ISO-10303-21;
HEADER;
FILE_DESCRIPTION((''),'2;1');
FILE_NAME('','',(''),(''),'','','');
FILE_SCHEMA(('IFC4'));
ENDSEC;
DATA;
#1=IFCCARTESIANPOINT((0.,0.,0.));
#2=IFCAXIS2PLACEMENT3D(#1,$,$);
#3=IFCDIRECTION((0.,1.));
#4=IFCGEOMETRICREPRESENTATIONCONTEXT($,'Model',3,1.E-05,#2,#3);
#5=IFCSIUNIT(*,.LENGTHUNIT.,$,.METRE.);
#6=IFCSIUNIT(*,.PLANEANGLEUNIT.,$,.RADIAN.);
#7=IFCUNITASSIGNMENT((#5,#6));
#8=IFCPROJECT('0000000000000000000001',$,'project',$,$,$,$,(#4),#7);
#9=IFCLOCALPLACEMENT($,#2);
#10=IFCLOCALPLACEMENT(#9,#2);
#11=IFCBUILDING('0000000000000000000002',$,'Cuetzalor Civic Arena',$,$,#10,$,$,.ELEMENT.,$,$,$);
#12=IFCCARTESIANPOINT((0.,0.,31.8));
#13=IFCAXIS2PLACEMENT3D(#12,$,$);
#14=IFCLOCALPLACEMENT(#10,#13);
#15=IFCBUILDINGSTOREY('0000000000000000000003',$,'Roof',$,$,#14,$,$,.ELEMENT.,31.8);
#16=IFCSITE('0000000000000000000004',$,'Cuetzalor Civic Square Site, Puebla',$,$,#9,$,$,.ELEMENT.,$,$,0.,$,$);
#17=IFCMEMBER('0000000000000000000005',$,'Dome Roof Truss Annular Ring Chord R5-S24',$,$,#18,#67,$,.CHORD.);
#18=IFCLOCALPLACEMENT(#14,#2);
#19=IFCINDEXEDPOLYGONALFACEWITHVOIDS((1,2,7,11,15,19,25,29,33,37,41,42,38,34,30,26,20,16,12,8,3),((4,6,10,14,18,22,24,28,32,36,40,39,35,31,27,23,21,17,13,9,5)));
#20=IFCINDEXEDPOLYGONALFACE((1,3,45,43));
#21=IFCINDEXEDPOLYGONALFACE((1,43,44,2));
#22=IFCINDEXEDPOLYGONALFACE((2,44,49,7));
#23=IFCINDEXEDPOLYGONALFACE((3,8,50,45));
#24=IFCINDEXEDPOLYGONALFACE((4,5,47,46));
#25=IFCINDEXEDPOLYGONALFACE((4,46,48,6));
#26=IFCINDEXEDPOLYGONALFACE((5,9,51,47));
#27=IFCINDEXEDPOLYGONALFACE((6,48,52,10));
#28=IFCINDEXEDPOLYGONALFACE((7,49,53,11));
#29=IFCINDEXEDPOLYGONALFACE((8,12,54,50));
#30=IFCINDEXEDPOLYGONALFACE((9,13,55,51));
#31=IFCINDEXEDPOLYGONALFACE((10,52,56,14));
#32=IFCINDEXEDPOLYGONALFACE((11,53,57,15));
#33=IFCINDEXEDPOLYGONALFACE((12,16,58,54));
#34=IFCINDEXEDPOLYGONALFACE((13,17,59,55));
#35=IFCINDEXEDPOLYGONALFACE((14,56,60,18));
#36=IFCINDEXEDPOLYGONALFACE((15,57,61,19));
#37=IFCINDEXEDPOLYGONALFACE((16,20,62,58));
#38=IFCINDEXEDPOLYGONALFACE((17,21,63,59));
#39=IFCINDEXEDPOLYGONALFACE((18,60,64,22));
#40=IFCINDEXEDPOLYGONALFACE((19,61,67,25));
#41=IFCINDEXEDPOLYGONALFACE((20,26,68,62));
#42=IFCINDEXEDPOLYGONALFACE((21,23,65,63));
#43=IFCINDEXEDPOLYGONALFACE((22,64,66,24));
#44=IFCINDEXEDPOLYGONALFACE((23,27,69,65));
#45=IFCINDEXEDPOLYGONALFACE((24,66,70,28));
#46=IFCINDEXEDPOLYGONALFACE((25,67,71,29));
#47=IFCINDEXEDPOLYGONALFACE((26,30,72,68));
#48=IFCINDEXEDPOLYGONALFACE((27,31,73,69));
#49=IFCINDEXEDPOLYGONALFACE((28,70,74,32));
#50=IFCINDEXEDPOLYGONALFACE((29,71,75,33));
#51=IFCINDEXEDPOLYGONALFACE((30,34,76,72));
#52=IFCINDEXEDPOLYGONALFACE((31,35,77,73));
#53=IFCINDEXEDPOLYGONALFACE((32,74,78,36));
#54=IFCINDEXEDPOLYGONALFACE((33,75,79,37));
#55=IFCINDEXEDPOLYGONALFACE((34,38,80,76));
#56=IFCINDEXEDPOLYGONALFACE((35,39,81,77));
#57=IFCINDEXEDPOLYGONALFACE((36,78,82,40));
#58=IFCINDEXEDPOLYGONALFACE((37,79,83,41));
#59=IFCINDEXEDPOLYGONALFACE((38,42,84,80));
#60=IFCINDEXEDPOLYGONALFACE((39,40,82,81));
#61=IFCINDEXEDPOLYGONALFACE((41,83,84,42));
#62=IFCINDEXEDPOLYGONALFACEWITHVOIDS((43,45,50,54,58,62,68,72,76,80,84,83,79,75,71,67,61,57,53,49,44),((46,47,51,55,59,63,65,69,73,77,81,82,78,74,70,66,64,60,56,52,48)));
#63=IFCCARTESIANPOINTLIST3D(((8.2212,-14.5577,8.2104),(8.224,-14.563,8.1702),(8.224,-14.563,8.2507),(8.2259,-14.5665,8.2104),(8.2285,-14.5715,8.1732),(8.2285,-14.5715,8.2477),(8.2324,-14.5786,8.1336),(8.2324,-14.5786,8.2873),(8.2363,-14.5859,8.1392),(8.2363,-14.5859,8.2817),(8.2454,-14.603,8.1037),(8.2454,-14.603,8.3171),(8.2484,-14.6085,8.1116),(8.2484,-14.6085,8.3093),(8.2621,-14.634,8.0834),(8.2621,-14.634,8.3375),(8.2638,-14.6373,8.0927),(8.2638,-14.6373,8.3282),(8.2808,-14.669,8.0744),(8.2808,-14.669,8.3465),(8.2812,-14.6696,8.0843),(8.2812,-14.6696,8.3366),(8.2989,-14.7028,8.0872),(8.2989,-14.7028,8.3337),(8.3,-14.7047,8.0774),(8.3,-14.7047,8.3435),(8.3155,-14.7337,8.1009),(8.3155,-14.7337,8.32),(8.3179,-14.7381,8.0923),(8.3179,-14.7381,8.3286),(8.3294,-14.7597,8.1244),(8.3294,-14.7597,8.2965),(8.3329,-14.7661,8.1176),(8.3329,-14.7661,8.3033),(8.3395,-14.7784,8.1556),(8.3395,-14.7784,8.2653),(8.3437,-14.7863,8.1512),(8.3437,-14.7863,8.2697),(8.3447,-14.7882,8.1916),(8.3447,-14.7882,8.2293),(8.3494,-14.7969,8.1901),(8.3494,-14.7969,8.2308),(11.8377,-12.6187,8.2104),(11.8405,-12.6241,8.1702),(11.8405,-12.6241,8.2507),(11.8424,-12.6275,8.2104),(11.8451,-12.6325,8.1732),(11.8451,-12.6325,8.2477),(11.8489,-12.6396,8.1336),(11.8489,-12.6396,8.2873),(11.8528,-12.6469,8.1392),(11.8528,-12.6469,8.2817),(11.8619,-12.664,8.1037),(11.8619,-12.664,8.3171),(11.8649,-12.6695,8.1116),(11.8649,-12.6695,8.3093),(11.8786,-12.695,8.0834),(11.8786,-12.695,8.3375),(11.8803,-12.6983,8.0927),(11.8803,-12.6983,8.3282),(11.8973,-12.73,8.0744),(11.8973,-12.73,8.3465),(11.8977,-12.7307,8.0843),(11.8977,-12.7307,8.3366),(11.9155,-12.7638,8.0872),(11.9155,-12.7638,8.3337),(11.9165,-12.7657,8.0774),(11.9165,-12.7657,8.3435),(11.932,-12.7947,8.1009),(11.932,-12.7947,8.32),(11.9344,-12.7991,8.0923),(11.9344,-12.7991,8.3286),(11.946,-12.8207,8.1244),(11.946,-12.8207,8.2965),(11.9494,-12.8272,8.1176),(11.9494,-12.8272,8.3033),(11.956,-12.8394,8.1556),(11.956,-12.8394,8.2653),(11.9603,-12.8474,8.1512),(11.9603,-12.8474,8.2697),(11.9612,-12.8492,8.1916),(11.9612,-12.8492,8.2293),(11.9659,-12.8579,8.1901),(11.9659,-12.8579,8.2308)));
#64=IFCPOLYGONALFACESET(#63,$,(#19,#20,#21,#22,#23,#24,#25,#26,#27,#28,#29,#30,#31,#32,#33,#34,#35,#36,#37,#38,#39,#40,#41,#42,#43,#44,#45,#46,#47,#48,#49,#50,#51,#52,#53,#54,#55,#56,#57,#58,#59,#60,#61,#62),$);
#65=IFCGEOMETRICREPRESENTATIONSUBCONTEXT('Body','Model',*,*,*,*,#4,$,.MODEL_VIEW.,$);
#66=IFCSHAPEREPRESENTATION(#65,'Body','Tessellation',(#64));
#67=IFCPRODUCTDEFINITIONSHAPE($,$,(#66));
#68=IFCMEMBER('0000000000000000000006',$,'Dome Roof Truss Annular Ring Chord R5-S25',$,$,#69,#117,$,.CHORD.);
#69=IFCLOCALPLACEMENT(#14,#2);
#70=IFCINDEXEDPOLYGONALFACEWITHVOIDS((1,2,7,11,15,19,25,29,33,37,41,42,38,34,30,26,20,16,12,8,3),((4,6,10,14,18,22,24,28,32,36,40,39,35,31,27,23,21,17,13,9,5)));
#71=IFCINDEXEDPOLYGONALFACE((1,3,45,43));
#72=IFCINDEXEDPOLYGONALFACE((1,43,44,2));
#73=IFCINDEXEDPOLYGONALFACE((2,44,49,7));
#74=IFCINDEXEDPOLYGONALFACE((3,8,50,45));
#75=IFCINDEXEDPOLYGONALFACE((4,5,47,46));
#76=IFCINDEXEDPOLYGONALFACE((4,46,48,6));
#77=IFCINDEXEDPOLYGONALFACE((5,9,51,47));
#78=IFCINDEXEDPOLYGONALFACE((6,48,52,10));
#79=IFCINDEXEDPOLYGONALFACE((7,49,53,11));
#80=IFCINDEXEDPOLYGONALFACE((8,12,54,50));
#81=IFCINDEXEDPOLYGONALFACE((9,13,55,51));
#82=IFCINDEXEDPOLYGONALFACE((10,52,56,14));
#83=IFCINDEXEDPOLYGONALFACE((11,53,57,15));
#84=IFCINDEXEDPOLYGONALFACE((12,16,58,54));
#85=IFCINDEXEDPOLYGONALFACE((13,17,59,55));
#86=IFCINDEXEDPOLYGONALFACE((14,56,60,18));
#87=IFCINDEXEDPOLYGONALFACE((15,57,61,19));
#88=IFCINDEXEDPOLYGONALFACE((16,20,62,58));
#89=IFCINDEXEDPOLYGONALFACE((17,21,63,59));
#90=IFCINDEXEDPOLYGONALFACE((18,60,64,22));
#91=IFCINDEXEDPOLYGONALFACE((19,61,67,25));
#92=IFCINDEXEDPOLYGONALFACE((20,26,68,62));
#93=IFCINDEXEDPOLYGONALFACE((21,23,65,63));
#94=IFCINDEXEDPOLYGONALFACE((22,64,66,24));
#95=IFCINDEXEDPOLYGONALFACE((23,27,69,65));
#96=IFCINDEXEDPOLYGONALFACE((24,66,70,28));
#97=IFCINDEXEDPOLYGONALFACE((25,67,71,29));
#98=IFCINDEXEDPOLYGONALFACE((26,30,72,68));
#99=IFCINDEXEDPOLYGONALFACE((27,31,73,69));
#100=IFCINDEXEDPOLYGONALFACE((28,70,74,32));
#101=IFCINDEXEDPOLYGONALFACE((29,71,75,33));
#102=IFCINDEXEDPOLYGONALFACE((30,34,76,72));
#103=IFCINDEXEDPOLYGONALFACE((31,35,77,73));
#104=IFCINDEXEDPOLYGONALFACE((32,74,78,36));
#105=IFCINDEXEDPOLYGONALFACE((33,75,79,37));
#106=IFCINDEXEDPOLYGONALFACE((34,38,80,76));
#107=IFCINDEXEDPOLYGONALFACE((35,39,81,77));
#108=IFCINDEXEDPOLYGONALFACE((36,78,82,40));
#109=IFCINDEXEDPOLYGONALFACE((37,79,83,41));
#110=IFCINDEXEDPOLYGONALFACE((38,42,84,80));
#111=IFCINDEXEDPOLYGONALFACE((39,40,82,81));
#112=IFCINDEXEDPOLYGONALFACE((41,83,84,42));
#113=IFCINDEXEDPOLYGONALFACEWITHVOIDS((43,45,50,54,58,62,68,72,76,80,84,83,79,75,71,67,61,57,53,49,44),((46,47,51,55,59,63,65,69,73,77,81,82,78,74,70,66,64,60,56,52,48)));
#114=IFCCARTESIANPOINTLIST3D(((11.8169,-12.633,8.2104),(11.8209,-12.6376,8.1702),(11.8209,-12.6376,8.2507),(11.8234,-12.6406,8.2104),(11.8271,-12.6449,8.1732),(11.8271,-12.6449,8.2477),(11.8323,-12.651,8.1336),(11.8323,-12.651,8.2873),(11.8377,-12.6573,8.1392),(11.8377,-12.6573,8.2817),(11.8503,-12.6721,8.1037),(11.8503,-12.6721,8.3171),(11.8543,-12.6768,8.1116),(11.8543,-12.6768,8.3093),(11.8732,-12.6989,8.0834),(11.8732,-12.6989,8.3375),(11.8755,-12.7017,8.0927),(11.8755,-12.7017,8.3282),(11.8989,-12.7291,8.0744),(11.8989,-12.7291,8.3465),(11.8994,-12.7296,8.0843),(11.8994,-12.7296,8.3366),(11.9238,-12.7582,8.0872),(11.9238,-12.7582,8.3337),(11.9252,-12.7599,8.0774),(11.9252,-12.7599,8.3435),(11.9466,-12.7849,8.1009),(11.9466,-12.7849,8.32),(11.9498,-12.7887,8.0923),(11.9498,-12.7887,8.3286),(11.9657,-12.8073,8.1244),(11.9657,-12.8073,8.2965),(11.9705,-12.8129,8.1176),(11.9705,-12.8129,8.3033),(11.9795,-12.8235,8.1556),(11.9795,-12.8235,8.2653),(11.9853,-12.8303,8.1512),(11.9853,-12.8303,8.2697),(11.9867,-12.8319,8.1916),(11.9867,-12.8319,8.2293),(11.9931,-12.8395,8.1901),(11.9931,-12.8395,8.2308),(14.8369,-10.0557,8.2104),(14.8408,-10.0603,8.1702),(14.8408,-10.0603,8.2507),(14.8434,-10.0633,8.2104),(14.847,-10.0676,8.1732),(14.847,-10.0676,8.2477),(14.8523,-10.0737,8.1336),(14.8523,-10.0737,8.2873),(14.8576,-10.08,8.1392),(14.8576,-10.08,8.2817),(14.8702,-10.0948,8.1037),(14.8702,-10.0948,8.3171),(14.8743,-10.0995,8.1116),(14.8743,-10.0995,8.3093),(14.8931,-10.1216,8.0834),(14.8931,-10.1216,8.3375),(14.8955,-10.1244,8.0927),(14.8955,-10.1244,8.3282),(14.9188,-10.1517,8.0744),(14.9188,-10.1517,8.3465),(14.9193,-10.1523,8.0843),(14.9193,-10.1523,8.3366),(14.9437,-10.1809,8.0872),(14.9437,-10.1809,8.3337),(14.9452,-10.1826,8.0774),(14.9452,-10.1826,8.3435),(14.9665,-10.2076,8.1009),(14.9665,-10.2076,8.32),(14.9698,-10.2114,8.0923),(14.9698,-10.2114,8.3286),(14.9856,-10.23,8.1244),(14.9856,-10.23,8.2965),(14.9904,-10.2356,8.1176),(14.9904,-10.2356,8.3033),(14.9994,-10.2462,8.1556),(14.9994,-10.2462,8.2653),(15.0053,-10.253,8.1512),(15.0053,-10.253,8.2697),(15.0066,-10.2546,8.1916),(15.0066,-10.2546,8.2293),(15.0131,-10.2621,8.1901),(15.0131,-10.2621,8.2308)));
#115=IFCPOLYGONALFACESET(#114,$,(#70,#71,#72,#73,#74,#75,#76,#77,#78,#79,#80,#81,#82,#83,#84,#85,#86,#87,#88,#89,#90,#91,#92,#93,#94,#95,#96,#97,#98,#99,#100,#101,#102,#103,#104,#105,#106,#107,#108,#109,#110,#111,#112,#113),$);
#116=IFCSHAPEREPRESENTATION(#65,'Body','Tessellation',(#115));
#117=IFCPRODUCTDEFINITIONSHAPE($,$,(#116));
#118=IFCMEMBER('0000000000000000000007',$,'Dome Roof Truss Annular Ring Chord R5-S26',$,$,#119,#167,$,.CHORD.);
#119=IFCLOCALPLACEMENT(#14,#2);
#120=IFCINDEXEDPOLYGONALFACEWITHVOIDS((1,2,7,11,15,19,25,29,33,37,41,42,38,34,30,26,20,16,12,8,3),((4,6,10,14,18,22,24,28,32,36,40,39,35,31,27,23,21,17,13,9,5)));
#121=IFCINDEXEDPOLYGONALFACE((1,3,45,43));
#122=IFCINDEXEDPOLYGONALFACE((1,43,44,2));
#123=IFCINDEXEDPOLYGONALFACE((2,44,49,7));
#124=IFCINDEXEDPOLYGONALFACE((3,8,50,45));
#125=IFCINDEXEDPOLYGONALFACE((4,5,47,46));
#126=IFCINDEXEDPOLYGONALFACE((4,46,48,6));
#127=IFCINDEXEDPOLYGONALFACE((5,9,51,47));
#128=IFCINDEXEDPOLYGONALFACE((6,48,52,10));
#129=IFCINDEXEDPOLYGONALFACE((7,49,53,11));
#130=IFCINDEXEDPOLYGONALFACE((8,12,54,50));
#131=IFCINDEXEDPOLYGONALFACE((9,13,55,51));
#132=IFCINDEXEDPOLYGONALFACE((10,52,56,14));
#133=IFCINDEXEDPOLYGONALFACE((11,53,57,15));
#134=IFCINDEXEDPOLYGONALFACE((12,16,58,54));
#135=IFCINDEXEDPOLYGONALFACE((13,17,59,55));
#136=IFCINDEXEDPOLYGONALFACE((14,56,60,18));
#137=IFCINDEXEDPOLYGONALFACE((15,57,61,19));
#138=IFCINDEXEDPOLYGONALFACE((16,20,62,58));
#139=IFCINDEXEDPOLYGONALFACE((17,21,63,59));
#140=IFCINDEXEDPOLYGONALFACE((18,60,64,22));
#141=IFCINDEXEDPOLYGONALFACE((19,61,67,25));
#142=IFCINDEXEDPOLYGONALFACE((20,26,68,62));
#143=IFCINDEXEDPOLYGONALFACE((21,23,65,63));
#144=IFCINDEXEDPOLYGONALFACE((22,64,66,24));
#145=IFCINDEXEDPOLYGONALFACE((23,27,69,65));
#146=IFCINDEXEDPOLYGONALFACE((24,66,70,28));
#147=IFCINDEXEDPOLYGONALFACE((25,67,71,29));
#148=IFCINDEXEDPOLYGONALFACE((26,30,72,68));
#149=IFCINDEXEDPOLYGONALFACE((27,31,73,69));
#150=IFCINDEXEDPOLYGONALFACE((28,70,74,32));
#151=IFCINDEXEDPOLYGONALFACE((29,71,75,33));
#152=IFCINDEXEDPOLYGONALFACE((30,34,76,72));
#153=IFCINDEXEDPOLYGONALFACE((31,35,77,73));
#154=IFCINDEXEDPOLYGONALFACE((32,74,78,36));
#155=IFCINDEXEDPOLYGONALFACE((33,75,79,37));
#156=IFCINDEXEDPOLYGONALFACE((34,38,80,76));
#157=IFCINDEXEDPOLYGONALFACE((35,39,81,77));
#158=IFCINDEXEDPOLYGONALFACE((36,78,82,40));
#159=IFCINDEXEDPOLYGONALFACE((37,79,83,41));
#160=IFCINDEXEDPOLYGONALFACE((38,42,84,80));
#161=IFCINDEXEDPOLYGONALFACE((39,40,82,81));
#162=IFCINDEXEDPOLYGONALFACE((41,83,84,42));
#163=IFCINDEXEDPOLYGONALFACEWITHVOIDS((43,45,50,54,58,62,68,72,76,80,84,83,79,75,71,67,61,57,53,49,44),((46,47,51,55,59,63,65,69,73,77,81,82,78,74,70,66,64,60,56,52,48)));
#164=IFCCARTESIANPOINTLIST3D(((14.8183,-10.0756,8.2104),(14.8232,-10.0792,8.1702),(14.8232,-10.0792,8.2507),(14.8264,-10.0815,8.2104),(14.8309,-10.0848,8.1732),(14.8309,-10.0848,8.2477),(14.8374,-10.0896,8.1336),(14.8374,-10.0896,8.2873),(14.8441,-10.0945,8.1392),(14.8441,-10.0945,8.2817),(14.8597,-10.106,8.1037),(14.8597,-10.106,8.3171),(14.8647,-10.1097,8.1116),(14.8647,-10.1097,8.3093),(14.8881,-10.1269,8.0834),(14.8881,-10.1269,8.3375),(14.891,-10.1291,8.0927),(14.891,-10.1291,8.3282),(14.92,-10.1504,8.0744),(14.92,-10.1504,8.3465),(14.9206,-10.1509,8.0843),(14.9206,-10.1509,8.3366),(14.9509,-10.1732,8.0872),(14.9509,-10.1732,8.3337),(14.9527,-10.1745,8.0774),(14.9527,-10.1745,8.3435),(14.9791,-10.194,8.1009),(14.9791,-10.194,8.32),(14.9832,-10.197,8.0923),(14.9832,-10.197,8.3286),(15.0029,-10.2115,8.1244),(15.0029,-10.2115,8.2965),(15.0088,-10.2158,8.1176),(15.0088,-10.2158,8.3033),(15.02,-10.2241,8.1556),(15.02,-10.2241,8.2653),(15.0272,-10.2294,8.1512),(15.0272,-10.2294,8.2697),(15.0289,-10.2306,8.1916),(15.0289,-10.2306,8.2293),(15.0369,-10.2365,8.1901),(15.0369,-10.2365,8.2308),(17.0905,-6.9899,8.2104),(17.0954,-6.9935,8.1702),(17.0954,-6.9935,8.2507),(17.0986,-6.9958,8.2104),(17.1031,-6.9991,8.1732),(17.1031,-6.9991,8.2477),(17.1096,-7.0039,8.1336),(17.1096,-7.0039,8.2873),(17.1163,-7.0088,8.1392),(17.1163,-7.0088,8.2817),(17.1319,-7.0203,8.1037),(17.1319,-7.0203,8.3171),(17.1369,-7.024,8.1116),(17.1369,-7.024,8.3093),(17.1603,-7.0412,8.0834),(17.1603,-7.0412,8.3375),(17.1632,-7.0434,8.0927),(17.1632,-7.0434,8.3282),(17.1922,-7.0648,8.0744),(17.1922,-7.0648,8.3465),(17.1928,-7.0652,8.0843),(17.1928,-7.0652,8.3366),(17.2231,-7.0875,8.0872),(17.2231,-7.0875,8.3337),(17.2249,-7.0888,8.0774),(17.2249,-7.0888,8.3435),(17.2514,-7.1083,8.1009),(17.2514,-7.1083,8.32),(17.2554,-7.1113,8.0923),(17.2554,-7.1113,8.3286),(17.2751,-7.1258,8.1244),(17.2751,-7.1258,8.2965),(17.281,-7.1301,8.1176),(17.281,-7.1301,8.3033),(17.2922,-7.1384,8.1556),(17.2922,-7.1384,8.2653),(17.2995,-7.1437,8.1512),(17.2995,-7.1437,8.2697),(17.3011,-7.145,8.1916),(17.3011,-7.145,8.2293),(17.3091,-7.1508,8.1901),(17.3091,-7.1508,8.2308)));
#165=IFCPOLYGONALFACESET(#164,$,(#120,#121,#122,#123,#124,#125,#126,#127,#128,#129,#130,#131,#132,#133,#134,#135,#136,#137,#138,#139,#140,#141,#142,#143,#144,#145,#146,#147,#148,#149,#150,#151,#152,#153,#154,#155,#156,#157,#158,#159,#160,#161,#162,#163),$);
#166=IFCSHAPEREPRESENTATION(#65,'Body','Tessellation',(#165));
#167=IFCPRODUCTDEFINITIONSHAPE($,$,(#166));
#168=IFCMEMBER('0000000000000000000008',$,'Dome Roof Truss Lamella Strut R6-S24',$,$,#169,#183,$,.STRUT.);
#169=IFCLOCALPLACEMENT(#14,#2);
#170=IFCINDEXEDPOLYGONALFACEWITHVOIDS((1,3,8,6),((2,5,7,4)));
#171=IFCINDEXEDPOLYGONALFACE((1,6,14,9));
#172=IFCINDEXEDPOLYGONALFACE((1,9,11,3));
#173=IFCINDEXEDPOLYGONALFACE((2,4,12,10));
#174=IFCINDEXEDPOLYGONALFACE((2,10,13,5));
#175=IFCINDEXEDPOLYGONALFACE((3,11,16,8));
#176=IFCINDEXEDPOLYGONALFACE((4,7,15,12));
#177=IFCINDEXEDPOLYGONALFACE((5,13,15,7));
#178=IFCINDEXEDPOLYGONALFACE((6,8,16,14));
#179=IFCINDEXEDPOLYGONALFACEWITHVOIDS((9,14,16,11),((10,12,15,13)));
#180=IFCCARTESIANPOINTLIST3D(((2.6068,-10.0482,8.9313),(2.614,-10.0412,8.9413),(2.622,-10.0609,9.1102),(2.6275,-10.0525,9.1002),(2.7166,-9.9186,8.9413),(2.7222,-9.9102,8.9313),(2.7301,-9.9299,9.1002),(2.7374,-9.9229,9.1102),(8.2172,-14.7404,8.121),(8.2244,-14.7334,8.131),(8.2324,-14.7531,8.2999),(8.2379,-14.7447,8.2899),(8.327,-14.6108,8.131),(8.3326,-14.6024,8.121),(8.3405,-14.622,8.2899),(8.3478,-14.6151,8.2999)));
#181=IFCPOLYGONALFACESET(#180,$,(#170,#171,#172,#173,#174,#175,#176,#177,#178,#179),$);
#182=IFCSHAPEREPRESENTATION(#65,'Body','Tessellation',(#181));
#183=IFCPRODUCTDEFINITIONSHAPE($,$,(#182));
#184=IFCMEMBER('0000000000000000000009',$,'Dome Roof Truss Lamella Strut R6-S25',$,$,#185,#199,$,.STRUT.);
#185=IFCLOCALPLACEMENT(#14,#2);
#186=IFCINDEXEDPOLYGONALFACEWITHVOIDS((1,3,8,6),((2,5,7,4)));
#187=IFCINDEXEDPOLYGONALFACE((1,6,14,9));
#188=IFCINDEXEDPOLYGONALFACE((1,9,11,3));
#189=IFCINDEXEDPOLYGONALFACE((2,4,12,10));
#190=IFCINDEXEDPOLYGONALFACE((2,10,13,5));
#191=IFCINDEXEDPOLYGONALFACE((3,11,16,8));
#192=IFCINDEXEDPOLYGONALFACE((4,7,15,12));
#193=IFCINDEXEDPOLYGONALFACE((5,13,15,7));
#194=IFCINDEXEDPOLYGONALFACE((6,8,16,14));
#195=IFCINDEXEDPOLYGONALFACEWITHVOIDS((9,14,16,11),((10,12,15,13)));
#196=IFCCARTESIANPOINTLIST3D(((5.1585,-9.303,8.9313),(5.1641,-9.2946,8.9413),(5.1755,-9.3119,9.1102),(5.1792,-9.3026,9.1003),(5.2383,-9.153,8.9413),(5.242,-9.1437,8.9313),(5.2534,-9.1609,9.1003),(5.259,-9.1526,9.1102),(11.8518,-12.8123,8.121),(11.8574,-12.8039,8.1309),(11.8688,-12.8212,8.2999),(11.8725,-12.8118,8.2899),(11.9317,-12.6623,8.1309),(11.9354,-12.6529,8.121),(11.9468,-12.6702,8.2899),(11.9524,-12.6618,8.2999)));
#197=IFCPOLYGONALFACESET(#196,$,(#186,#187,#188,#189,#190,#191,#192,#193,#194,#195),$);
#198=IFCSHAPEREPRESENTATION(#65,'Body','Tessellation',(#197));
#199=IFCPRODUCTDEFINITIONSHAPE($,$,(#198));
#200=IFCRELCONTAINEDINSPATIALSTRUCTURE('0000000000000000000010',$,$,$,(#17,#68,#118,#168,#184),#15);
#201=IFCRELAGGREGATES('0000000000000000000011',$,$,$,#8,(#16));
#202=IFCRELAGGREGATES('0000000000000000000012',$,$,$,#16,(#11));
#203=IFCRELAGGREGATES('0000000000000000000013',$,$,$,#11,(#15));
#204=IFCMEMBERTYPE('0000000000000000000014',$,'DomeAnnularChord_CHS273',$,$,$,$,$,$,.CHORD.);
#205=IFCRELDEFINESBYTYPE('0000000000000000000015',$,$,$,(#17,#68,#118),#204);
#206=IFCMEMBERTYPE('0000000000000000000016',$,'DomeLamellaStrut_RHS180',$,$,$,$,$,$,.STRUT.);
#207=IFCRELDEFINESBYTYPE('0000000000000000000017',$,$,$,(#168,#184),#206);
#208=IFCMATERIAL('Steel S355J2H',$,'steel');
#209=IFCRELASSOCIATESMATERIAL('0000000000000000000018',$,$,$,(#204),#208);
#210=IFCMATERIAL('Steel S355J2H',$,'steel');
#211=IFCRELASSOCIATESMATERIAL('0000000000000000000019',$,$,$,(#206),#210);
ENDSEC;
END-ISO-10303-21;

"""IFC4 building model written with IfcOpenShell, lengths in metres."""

from ifc_helpers import new_model, si_unit, direction, frame, origin, origin_2d, place, context, subcontext, project, spatial, hollow_rectangle, hollow_circle, extrude, material, material_profile, profile_set, type_object, element, save


model = new_model("IFC4")

# Units and contexts
model_context = context("Model", 3, precision=1e-05, world=origin(), true_north=direction((0.0, 1.0)))
body_context = subcontext(model_context, "Body", "Model", "MODEL_VIEW")
ifc_project = project(units=[si_unit("LENGTHUNIT", "METRE"), si_unit("PLANEANGLEUNIT", "RADIAN")], contexts=[model_context])

# Site, building, storey
site_placement = place(None, origin())
site = spatial("IfcSite", under=ifc_project, at=site_placement, Name="Cuetzalor Civic Square Site, Puebla", CompositionType="ELEMENT", RefElevation=0.0)
building_placement = place(site_placement, origin())
building = spatial("IfcBuilding", under=site, at=building_placement, Name="Cuetzalor Civic Arena", CompositionType="ELEMENT")
storey_placement = place(building_placement, frame((0.0, 0.0, 31.8)))
storey = spatial("IfcBuildingStorey", under=building, at=storey_placement, Name="Roof", CompositionType="ELEMENT", Elevation=31.8)

# Members
ifc_material_1 = material(Name="Steel S355J2H", Category="steel")
ifc_material_profile_1 = material_profile(ifc_material_1, hollow_circle(Radius=0.1365, WallThickness=0.01, at=origin_2d()), Name="CHS 273x10")
ifc_profile_set_1 = profile_set([ifc_material_profile_1], Name="Steel S355J2H")
member_type_1 = type_object("IfcMemberType", Name="DomeAnnularChord_CHS273", PredefinedType="CHORD", material=ifc_profile_set_1)
member_1_placement = place(storey_placement, frame((8.2856, -14.678, 8.2104), z_axis=(0.88132, 0.47252, 0.0), x_axis=(-0.47252, 0.88132, 0.0)))
element("IfcMember", 1, at=member_1_placement, inside=storey, type_object=member_type_1, Name="Dome Roof Truss Annular Ring Chord R5-S24", PredefinedType="CHORD", context=body_context, shape_type="SweptSolid", body=[
    extrude(hollow_circle(Radius=0.1365, WallThickness=0.01, at=origin_2d()), origin(), (0.0, 0.0, 1.0), 4.1035),
])
member_2_placement = place(storey_placement, frame((11.9055, -12.7368, 8.2104), z_axis=(0.760648, 0.649164, 0.0), x_axis=(-0.649164, 0.760648, 0.0)))
element("IfcMember", 2, at=member_2_placement, inside=storey, type_object=member_type_1, Name="Dome Roof Truss Annular Ring Chord R5-S25", PredefinedType="CHORD", context=body_context, shape_type="SweptSolid", body=[
    extrude(hollow_circle(Radius=0.1365, WallThickness=0.01, at=origin_2d()), origin(), (0.0, 0.0, 1.0), 3.9702),
])
member_3_placement = place(storey_placement, frame((14.9282, -10.1565, 8.2104), z_axis=(0.592953, 0.805237, 0.0), x_axis=(-0.805237, 0.592953, 0.0)))
element("IfcMember", 3, at=member_3_placement, inside=storey, type_object=member_type_1, Name="Dome Roof Truss Annular Ring Chord R5-S26", PredefinedType="CHORD", context=body_context, shape_type="SweptSolid", body=[
    extrude(hollow_circle(Radius=0.1365, WallThickness=0.01, at=origin_2d()), origin(), (0.0, 0.0, 1.0), 3.832),
])
ifc_material_2 = material(Name="Steel S355J2H", Category="steel")
ifc_material_profile_2 = material_profile(ifc_material_2, hollow_rectangle(XDim=0.1799, YDim=0.1799, WallThickness=0.01, at=origin_2d()), Name="RHS 180x180x10")
ifc_profile_set_2 = profile_set([ifc_material_profile_2], Name="Steel S355J2H")
member_type_2 = type_object("IfcMemberType", Name="DomeLamellaStrut_RHS180", PredefinedType="STRUT", material=ifc_profile_set_2)
member_4_placement = place(storey_placement, frame((8.2825, -14.6777, 8.2104), z_axis=(-0.762422, 0.637641, 0.110117), x_axis=(-0.641543, -0.767087, 0.0)))
element("IfcMember", 4, at=member_4_placement, inside=storey, type_object=member_type_2, Name="Dome Roof Truss Lamella Strut R6-S24", PredefinedType="STRUT", context=body_context, shape_type="SweptSolid", body=[
    extrude(hollow_rectangle(XDim=0.1799, YDim=0.1799, WallThickness=0.01, at=origin_2d()), origin(), (0.0, 0.0, 1.0), 7.3586),
])
member_5_placement = place(storey_placement, frame((11.9021, -12.7371, 8.2104), z_axis=(-0.880609, 0.461696, 0.106607), x_axis=(-0.464343, -0.885656, 0.0)))
element("IfcMember", 5, at=member_5_placement, inside=storey, type_object=member_type_2, Name="Dome Roof Truss Lamella Strut R6-S25", PredefinedType="STRUT", context=body_context, shape_type="SweptSolid", body=[
    extrude(hollow_rectangle(XDim=0.1799, YDim=0.1799, WallThickness=0.01, at=origin_2d()), origin(), (0.0, 0.0, 1.0), 7.6008),
])

save(model, "model.ifc")
